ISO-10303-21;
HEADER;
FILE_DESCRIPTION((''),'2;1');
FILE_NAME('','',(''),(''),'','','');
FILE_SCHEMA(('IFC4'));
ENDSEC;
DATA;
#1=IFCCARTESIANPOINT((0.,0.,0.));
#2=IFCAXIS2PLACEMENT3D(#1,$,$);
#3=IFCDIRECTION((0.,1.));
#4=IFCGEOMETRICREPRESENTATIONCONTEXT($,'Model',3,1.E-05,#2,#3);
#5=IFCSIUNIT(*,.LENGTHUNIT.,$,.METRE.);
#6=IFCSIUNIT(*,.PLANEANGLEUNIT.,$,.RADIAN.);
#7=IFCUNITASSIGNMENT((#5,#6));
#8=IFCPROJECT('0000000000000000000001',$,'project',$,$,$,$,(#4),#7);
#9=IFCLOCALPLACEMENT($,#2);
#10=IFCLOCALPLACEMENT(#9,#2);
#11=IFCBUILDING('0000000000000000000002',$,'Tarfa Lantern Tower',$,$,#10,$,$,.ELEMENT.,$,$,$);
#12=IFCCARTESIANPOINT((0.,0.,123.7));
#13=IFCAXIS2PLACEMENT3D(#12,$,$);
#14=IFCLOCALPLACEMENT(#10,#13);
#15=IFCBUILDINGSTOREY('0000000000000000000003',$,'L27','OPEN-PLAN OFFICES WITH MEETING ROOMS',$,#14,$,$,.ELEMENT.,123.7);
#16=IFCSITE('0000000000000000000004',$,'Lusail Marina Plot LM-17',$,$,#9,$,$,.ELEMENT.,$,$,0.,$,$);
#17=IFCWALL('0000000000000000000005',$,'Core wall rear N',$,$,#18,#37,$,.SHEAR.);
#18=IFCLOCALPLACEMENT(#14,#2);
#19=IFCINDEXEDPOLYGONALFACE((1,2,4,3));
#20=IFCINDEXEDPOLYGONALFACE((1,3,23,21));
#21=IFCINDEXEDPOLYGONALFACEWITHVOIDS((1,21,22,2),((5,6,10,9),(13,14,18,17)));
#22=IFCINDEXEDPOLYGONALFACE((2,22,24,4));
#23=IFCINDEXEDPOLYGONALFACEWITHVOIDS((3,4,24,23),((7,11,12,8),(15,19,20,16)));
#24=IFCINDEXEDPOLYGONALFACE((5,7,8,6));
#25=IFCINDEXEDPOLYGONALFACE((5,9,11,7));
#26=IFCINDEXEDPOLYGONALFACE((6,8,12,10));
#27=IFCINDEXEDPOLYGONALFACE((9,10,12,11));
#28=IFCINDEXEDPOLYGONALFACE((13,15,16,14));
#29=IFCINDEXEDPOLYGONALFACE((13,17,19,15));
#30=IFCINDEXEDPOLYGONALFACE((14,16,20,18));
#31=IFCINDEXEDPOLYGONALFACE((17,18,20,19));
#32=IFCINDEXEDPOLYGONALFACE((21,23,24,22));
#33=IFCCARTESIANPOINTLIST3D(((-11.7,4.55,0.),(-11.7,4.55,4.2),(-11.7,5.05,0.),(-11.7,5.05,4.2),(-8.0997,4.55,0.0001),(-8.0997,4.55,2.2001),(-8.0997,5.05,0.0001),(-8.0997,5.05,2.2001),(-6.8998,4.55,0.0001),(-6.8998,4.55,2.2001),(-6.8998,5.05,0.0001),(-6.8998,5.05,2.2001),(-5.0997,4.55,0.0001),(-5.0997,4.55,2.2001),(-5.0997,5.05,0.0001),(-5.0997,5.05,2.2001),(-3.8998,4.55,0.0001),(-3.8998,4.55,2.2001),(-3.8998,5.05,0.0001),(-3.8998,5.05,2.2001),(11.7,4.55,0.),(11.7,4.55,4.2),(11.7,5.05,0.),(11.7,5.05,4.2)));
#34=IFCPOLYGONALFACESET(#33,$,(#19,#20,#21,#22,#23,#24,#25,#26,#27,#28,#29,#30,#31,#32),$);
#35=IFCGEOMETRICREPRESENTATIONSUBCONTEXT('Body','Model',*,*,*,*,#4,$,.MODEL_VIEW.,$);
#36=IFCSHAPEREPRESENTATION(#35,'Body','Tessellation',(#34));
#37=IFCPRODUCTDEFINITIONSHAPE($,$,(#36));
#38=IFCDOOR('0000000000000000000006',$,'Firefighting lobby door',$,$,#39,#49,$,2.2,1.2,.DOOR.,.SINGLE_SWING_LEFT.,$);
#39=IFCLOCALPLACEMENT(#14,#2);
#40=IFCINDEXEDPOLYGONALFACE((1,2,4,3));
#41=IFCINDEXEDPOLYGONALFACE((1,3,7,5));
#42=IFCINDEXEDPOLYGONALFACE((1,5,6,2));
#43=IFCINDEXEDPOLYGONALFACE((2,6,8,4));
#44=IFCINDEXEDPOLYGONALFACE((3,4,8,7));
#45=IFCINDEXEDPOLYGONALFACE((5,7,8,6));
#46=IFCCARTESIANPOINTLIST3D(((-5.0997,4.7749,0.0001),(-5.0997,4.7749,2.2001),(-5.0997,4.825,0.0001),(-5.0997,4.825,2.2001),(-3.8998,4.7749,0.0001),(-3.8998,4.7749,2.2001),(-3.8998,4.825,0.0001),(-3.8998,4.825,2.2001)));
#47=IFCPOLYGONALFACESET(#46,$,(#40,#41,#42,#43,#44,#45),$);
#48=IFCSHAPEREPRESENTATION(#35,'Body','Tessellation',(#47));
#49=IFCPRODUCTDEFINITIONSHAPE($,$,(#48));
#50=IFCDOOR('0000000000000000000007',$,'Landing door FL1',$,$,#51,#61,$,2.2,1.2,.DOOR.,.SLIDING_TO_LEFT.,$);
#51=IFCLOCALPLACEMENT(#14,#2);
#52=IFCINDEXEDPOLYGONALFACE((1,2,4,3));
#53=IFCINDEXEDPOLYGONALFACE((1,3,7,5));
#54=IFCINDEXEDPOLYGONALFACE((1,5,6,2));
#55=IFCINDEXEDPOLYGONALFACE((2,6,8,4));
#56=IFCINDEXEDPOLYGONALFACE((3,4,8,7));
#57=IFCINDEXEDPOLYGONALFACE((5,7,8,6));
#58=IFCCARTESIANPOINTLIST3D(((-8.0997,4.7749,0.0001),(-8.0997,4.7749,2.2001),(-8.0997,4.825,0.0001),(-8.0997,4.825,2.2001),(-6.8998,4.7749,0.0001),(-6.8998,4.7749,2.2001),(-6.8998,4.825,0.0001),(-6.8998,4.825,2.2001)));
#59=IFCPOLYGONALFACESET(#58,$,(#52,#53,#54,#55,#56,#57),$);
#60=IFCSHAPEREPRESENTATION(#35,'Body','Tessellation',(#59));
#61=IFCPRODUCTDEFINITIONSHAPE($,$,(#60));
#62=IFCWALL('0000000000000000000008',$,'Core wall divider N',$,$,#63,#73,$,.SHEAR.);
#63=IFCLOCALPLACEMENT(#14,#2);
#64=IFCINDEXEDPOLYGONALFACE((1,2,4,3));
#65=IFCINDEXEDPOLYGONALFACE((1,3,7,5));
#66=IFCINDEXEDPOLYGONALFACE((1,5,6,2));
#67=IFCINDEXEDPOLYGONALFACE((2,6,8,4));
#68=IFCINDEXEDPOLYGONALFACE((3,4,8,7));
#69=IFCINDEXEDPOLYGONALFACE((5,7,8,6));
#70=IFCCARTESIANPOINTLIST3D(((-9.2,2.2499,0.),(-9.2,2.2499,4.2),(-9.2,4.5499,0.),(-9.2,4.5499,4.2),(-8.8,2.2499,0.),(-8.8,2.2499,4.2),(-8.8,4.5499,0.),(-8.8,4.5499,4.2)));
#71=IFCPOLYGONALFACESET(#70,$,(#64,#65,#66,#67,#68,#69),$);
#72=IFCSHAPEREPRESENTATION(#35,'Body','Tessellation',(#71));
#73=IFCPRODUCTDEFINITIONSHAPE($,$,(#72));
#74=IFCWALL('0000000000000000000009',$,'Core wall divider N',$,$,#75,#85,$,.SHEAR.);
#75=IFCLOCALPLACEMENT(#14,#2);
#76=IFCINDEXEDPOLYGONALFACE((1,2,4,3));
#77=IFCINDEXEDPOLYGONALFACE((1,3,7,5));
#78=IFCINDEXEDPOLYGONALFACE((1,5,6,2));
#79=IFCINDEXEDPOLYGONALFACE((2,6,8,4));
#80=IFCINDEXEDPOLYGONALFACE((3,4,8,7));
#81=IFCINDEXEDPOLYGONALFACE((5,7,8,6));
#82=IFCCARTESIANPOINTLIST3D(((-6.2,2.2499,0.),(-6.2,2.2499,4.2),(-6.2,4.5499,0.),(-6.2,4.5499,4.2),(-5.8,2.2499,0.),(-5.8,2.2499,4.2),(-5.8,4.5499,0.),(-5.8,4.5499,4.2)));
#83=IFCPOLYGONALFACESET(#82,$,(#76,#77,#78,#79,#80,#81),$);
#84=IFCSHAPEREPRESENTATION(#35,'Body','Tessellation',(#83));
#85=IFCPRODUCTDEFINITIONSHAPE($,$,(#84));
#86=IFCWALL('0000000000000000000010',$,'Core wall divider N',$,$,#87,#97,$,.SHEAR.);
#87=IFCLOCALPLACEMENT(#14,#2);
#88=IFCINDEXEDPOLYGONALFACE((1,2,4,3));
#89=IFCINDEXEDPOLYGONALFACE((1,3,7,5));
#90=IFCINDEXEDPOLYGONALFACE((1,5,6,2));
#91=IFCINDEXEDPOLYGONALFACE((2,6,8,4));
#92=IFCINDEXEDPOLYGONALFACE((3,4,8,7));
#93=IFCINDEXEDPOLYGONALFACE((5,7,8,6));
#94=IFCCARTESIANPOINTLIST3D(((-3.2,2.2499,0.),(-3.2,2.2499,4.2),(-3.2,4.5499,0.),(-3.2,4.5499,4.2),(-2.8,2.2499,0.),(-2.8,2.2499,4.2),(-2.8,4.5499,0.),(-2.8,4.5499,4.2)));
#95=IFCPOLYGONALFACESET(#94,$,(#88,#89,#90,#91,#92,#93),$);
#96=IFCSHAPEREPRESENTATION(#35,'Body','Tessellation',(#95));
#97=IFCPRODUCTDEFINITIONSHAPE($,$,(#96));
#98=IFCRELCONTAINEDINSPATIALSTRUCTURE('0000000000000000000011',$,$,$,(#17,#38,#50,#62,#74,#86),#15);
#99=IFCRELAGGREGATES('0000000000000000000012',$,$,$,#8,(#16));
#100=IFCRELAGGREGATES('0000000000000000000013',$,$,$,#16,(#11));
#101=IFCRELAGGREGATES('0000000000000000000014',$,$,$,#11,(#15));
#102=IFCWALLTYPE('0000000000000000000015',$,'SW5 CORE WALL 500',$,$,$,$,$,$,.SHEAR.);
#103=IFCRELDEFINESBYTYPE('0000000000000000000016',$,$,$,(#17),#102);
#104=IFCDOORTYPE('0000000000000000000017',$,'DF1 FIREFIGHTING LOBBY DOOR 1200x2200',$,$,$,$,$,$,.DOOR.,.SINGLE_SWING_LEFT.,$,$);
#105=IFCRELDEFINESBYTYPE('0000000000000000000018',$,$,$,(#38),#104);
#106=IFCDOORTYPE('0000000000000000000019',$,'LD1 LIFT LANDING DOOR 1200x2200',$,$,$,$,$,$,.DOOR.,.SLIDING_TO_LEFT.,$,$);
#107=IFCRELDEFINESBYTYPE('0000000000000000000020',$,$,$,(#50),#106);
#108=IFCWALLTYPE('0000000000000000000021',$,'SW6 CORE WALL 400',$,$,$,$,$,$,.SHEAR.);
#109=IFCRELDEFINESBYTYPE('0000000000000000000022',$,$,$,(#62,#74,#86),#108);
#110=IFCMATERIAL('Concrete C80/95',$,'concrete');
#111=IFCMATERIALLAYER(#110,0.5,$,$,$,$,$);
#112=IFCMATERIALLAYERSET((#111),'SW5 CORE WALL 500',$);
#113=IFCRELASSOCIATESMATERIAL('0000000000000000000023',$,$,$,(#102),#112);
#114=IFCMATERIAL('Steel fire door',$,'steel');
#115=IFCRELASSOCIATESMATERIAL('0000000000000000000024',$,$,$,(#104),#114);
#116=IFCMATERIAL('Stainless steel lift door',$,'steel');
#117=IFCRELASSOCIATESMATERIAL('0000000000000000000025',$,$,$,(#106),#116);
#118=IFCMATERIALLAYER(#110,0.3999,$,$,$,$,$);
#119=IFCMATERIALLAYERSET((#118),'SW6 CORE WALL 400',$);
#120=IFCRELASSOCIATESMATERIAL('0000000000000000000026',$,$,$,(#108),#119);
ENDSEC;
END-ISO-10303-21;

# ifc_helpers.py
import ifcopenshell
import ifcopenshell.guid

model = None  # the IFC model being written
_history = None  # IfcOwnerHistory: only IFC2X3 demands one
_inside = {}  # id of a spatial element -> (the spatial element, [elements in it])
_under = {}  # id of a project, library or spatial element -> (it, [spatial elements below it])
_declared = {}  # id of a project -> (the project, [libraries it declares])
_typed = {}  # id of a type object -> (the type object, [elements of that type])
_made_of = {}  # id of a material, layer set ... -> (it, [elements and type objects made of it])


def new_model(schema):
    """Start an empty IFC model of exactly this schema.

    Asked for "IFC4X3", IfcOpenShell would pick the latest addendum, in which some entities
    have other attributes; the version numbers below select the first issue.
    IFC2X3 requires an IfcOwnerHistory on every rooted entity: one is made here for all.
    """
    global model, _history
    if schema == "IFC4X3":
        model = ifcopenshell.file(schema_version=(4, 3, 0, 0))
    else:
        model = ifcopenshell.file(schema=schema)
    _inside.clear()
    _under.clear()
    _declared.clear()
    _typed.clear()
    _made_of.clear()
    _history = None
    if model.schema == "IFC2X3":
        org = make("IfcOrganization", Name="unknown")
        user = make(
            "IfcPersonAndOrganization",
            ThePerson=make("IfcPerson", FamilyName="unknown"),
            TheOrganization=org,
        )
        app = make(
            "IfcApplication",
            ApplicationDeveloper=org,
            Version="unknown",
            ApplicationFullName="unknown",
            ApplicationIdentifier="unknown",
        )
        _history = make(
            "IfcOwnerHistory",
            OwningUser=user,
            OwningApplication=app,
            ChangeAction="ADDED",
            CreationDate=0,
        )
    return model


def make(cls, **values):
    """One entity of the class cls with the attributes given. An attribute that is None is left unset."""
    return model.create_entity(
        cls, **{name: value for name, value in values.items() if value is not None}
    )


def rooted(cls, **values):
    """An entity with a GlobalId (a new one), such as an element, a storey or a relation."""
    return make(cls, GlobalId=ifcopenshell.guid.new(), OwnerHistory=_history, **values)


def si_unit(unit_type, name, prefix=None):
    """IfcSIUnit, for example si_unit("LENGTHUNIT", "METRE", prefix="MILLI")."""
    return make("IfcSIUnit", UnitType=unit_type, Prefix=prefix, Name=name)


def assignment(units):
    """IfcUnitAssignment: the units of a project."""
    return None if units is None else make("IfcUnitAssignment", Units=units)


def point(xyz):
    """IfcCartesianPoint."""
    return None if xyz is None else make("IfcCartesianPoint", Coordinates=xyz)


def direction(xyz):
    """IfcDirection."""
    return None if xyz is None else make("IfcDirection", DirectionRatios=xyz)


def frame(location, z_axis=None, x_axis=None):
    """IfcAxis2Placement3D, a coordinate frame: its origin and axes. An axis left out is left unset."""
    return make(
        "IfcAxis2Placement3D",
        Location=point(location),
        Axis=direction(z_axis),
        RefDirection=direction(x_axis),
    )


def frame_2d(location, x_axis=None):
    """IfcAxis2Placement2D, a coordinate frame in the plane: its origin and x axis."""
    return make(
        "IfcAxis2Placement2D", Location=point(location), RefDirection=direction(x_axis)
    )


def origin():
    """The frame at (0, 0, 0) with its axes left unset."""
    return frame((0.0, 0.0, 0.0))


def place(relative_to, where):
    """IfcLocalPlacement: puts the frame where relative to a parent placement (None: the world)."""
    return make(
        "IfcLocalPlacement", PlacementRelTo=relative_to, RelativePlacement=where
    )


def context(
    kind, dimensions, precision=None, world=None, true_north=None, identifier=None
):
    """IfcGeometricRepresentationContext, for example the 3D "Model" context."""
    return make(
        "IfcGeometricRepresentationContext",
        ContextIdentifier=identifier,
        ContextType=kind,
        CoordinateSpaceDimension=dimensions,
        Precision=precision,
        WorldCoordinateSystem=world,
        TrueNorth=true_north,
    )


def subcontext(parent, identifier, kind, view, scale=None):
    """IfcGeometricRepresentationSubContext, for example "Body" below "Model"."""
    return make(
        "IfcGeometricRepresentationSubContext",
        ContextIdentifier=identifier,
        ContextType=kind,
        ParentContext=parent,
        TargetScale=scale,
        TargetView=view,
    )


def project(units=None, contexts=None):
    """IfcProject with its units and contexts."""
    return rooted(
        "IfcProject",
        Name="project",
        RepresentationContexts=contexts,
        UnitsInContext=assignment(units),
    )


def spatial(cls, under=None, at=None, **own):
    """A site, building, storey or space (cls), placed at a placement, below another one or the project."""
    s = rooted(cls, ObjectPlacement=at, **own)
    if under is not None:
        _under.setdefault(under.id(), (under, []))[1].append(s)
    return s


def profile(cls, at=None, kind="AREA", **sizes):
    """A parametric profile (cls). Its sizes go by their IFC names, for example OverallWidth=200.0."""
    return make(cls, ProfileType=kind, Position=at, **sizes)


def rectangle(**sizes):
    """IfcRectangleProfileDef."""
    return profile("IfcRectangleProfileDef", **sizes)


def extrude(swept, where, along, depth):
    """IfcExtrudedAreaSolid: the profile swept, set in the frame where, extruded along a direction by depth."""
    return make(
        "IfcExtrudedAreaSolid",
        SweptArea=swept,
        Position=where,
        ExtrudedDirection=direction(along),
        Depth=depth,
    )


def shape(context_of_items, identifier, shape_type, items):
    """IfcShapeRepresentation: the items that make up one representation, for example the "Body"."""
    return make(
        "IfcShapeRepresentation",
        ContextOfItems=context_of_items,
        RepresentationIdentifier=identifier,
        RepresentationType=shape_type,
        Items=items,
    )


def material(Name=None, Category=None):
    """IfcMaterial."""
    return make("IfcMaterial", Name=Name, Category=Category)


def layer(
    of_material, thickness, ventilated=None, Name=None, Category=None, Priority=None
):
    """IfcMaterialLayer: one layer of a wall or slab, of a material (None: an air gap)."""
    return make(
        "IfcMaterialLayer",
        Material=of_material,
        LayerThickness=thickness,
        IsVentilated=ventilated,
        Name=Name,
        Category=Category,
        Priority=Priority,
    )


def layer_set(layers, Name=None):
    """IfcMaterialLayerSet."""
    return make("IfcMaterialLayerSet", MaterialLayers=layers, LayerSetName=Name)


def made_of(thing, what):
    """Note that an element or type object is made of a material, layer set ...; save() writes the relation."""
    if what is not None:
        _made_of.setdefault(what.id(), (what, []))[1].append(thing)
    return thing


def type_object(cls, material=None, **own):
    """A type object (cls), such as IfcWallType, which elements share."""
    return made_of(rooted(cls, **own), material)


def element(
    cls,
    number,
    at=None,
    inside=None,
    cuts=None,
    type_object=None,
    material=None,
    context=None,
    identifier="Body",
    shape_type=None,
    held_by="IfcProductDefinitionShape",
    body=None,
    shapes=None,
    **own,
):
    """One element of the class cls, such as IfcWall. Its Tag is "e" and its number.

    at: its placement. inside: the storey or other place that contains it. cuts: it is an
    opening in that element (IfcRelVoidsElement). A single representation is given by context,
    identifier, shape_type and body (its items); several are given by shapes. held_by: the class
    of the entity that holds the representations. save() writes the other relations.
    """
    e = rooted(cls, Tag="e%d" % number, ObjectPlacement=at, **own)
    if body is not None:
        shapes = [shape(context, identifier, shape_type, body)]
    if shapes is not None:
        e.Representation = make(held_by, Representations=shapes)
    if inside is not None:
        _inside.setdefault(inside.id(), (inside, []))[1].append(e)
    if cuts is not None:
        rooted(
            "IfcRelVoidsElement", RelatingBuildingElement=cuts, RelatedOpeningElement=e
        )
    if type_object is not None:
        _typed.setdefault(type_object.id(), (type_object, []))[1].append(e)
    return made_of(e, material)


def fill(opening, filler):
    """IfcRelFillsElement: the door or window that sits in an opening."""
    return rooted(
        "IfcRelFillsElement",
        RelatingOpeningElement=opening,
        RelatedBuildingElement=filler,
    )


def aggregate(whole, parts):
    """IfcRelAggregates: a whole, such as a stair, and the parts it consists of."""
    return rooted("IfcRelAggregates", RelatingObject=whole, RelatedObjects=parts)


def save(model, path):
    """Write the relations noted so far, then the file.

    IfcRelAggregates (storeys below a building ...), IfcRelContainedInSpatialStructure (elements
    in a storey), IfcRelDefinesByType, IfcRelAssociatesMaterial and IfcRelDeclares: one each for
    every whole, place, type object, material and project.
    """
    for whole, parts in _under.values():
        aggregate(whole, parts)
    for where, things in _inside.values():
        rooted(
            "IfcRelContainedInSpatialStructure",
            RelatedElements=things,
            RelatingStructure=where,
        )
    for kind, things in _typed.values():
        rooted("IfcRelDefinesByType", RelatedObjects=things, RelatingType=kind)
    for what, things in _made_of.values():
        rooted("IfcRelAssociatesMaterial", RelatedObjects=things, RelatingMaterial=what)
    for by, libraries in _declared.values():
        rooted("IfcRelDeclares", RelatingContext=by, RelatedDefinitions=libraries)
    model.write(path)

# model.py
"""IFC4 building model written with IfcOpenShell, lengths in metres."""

from ifc_helpers import new_model, si_unit, direction, frame, frame_2d, origin, place, context, subcontext, project, spatial, rectangle, extrude, material, layer, layer_set, type_object, element, fill, save


model = new_model("IFC4")

# Units and contexts
model_context = context("Model", 3, precision=1e-05, world=origin(), true_north=direction((0.0, 1.0)))
body_context = subcontext(model_context, "Body", "Model", "MODEL_VIEW")
ifc_project = project(units=[si_unit("LENGTHUNIT", "METRE"), si_unit("PLANEANGLEUNIT", "RADIAN")], contexts=[model_context])

# Site, building, storey
site_placement = place(None, origin())
site = spatial("IfcSite", under=ifc_project, at=site_placement, Name="Lusail Marina Plot LM-17", CompositionType="ELEMENT", RefElevation=0.0)
building_placement = place(site_placement, origin())
building = spatial("IfcBuilding", under=site, at=building_placement, Name="Tarfa Lantern Tower", CompositionType="ELEMENT")
storey_placement = place(building_placement, frame((0.0, 0.0, 123.7)))
storey = spatial("IfcBuildingStorey", under=building, at=storey_placement, Name="L27", Description="OPEN-PLAN OFFICES WITH MEETING ROOMS", CompositionType="ELEMENT", Elevation=123.7)

# Shared definitions
ifc_material_1 = material(Name="Concrete C80/95", Category="concrete")
ifc_layer_1 = layer(ifc_material_1, 0.5)
ifc_layer_set_1 = layer_set([ifc_layer_1], Name="SW5 CORE WALL 500")
wall_type_1 = type_object("IfcWallType", Name="SW5 CORE WALL 500", PredefinedType="SHEAR", material=ifc_layer_set_1)

# Wall, openings, doors
wall_1_placement = place(storey_placement, frame((-11.7, 4.8, 0.0), z_axis=(0.0, 0.0, 1.0), x_axis=(1.0, 0.0, 0.0)))
wall_1 = element("IfcWall", 1, at=wall_1_placement, inside=storey, type_object=wall_type_1, Name="Core wall rear N", PredefinedType="SHEAR", context=body_context, shape_type="SweptSolid", body=[
    extrude(rectangle(XDim=23.3999, YDim=0.5, at=frame_2d((11.7, 0.0))), origin(), (0.0, 0.0, 1.0), 4.2),
])
opening_1_placement = place(wall_1_placement, frame((6.6001, 0.0, 0.0)))
opening_1 = element("IfcOpeningElement", 2, at=opening_1_placement, cuts=wall_1, PredefinedType="OPENING", context=body_context, shape_type="SweptSolid", body=[
    extrude(rectangle(XDim=1.2, YDim=2.2, at=frame_2d((0.6001, 1.1001))), frame((0.0, 0.26, 0.0), z_axis=(0.0, -1.0, 0.0), x_axis=(1.0, 0.0, 0.0)), (0.0, 0.0, 1.0), 0.52),
])
opening_2_placement = place(wall_1_placement, frame((3.6001, 0.0, 0.0)))
opening_2 = element("IfcOpeningElement", 3, at=opening_2_placement, cuts=wall_1, PredefinedType="OPENING", context=body_context, shape_type="SweptSolid", body=[
    extrude(rectangle(XDim=1.2, YDim=2.2, at=frame_2d((0.6001, 1.1001))), frame((0.0, 0.26, 0.0), z_axis=(0.0, -1.0, 0.0), x_axis=(1.0, 0.0, 0.0)), (0.0, 0.0, 1.0), 0.52),
])
ifc_material_2 = material(Name="Steel fire door", Category="steel")
door_type_1 = type_object("IfcDoorType", Name="DF1 FIREFIGHTING LOBBY DOOR 1200x2200", OperationType="SINGLE_SWING_LEFT", PredefinedType="DOOR", material=ifc_material_2)
door_1_placement = place(opening_1_placement, origin())
door_1 = element("IfcDoor", 4, at=door_1_placement, inside=storey, type_object=door_type_1, Name="Firefighting lobby door", OperationType="SINGLE_SWING_LEFT", OverallHeight=2.2, OverallWidth=1.2, PredefinedType="DOOR", context=body_context, shape_type="SweptSolid", body=[
    extrude(rectangle(XDim=1.2, YDim=2.2, at=frame_2d((0.6001, 1.1001))), frame((0.0, 0.0249, 0.0), z_axis=(0.0, -1.0, 0.0), x_axis=(1.0, 0.0, 0.0)), (0.0, 0.0, 1.0), 0.05),
])
fill(opening_1, door_1)
ifc_material_3 = material(Name="Stainless steel lift door", Category="steel")
door_type_2 = type_object("IfcDoorType", Name="LD1 LIFT LANDING DOOR 1200x2200", OperationType="SLIDING_TO_LEFT", PredefinedType="DOOR", material=ifc_material_3)
door_2_placement = place(opening_2_placement, origin())
door_2 = element("IfcDoor", 5, at=door_2_placement, inside=storey, type_object=door_type_2, Name="Landing door FL1", OperationType="SLIDING_TO_LEFT", OverallHeight=2.2, OverallWidth=1.2, PredefinedType="DOOR", context=body_context, shape_type="SweptSolid", body=[
    extrude(rectangle(XDim=1.2, YDim=2.2, at=frame_2d((0.6001, 1.1001))), frame((0.0, 0.0249, 0.0), z_axis=(0.0, -1.0, 0.0), x_axis=(1.0, 0.0, 0.0)), (0.0, 0.0, 1.0), 0.05),
])
fill(opening_2, door_2)

# Walls
ifc_layer_2 = layer(ifc_material_1, 0.3999)
ifc_layer_set_2 = layer_set([ifc_layer_2], Name="SW6 CORE WALL 400")
wall_type_2 = type_object("IfcWallType", Name="SW6 CORE WALL 400", PredefinedType="SHEAR", material=ifc_layer_set_2)
for number, where, z_axis, x_axis, name in (
    (6, (-9.0, 2.25, 0.0), (0.0, 0.0, 1.0), (0.0, 1.0, 0.0), "Core wall divider N"),
    (7, (-6.0, 2.25, 0.0), (0.0, 0.0, 1.0), (0.0, 1.0, 0.0), "Core wall divider N"),
    (8, (-3.0, 2.25, 0.0), (0.0, 0.0, 1.0), (0.0, 1.0, 0.0), "Core wall divider N"),
):
    element("IfcWall", number, at=place(storey_placement, frame(where, z_axis=z_axis, x_axis=x_axis)), inside=storey, type_object=wall_type_2, Name=name, PredefinedType="SHEAR", context=body_context, shape_type="SweptSolid", body=[
        extrude(rectangle(XDim=2.3, YDim=0.3999, at=frame_2d((1.1499, 0.0))), origin(), (0.0, 0.0, 1.0), 4.2),
    ])

save(model, "model.ifc")
